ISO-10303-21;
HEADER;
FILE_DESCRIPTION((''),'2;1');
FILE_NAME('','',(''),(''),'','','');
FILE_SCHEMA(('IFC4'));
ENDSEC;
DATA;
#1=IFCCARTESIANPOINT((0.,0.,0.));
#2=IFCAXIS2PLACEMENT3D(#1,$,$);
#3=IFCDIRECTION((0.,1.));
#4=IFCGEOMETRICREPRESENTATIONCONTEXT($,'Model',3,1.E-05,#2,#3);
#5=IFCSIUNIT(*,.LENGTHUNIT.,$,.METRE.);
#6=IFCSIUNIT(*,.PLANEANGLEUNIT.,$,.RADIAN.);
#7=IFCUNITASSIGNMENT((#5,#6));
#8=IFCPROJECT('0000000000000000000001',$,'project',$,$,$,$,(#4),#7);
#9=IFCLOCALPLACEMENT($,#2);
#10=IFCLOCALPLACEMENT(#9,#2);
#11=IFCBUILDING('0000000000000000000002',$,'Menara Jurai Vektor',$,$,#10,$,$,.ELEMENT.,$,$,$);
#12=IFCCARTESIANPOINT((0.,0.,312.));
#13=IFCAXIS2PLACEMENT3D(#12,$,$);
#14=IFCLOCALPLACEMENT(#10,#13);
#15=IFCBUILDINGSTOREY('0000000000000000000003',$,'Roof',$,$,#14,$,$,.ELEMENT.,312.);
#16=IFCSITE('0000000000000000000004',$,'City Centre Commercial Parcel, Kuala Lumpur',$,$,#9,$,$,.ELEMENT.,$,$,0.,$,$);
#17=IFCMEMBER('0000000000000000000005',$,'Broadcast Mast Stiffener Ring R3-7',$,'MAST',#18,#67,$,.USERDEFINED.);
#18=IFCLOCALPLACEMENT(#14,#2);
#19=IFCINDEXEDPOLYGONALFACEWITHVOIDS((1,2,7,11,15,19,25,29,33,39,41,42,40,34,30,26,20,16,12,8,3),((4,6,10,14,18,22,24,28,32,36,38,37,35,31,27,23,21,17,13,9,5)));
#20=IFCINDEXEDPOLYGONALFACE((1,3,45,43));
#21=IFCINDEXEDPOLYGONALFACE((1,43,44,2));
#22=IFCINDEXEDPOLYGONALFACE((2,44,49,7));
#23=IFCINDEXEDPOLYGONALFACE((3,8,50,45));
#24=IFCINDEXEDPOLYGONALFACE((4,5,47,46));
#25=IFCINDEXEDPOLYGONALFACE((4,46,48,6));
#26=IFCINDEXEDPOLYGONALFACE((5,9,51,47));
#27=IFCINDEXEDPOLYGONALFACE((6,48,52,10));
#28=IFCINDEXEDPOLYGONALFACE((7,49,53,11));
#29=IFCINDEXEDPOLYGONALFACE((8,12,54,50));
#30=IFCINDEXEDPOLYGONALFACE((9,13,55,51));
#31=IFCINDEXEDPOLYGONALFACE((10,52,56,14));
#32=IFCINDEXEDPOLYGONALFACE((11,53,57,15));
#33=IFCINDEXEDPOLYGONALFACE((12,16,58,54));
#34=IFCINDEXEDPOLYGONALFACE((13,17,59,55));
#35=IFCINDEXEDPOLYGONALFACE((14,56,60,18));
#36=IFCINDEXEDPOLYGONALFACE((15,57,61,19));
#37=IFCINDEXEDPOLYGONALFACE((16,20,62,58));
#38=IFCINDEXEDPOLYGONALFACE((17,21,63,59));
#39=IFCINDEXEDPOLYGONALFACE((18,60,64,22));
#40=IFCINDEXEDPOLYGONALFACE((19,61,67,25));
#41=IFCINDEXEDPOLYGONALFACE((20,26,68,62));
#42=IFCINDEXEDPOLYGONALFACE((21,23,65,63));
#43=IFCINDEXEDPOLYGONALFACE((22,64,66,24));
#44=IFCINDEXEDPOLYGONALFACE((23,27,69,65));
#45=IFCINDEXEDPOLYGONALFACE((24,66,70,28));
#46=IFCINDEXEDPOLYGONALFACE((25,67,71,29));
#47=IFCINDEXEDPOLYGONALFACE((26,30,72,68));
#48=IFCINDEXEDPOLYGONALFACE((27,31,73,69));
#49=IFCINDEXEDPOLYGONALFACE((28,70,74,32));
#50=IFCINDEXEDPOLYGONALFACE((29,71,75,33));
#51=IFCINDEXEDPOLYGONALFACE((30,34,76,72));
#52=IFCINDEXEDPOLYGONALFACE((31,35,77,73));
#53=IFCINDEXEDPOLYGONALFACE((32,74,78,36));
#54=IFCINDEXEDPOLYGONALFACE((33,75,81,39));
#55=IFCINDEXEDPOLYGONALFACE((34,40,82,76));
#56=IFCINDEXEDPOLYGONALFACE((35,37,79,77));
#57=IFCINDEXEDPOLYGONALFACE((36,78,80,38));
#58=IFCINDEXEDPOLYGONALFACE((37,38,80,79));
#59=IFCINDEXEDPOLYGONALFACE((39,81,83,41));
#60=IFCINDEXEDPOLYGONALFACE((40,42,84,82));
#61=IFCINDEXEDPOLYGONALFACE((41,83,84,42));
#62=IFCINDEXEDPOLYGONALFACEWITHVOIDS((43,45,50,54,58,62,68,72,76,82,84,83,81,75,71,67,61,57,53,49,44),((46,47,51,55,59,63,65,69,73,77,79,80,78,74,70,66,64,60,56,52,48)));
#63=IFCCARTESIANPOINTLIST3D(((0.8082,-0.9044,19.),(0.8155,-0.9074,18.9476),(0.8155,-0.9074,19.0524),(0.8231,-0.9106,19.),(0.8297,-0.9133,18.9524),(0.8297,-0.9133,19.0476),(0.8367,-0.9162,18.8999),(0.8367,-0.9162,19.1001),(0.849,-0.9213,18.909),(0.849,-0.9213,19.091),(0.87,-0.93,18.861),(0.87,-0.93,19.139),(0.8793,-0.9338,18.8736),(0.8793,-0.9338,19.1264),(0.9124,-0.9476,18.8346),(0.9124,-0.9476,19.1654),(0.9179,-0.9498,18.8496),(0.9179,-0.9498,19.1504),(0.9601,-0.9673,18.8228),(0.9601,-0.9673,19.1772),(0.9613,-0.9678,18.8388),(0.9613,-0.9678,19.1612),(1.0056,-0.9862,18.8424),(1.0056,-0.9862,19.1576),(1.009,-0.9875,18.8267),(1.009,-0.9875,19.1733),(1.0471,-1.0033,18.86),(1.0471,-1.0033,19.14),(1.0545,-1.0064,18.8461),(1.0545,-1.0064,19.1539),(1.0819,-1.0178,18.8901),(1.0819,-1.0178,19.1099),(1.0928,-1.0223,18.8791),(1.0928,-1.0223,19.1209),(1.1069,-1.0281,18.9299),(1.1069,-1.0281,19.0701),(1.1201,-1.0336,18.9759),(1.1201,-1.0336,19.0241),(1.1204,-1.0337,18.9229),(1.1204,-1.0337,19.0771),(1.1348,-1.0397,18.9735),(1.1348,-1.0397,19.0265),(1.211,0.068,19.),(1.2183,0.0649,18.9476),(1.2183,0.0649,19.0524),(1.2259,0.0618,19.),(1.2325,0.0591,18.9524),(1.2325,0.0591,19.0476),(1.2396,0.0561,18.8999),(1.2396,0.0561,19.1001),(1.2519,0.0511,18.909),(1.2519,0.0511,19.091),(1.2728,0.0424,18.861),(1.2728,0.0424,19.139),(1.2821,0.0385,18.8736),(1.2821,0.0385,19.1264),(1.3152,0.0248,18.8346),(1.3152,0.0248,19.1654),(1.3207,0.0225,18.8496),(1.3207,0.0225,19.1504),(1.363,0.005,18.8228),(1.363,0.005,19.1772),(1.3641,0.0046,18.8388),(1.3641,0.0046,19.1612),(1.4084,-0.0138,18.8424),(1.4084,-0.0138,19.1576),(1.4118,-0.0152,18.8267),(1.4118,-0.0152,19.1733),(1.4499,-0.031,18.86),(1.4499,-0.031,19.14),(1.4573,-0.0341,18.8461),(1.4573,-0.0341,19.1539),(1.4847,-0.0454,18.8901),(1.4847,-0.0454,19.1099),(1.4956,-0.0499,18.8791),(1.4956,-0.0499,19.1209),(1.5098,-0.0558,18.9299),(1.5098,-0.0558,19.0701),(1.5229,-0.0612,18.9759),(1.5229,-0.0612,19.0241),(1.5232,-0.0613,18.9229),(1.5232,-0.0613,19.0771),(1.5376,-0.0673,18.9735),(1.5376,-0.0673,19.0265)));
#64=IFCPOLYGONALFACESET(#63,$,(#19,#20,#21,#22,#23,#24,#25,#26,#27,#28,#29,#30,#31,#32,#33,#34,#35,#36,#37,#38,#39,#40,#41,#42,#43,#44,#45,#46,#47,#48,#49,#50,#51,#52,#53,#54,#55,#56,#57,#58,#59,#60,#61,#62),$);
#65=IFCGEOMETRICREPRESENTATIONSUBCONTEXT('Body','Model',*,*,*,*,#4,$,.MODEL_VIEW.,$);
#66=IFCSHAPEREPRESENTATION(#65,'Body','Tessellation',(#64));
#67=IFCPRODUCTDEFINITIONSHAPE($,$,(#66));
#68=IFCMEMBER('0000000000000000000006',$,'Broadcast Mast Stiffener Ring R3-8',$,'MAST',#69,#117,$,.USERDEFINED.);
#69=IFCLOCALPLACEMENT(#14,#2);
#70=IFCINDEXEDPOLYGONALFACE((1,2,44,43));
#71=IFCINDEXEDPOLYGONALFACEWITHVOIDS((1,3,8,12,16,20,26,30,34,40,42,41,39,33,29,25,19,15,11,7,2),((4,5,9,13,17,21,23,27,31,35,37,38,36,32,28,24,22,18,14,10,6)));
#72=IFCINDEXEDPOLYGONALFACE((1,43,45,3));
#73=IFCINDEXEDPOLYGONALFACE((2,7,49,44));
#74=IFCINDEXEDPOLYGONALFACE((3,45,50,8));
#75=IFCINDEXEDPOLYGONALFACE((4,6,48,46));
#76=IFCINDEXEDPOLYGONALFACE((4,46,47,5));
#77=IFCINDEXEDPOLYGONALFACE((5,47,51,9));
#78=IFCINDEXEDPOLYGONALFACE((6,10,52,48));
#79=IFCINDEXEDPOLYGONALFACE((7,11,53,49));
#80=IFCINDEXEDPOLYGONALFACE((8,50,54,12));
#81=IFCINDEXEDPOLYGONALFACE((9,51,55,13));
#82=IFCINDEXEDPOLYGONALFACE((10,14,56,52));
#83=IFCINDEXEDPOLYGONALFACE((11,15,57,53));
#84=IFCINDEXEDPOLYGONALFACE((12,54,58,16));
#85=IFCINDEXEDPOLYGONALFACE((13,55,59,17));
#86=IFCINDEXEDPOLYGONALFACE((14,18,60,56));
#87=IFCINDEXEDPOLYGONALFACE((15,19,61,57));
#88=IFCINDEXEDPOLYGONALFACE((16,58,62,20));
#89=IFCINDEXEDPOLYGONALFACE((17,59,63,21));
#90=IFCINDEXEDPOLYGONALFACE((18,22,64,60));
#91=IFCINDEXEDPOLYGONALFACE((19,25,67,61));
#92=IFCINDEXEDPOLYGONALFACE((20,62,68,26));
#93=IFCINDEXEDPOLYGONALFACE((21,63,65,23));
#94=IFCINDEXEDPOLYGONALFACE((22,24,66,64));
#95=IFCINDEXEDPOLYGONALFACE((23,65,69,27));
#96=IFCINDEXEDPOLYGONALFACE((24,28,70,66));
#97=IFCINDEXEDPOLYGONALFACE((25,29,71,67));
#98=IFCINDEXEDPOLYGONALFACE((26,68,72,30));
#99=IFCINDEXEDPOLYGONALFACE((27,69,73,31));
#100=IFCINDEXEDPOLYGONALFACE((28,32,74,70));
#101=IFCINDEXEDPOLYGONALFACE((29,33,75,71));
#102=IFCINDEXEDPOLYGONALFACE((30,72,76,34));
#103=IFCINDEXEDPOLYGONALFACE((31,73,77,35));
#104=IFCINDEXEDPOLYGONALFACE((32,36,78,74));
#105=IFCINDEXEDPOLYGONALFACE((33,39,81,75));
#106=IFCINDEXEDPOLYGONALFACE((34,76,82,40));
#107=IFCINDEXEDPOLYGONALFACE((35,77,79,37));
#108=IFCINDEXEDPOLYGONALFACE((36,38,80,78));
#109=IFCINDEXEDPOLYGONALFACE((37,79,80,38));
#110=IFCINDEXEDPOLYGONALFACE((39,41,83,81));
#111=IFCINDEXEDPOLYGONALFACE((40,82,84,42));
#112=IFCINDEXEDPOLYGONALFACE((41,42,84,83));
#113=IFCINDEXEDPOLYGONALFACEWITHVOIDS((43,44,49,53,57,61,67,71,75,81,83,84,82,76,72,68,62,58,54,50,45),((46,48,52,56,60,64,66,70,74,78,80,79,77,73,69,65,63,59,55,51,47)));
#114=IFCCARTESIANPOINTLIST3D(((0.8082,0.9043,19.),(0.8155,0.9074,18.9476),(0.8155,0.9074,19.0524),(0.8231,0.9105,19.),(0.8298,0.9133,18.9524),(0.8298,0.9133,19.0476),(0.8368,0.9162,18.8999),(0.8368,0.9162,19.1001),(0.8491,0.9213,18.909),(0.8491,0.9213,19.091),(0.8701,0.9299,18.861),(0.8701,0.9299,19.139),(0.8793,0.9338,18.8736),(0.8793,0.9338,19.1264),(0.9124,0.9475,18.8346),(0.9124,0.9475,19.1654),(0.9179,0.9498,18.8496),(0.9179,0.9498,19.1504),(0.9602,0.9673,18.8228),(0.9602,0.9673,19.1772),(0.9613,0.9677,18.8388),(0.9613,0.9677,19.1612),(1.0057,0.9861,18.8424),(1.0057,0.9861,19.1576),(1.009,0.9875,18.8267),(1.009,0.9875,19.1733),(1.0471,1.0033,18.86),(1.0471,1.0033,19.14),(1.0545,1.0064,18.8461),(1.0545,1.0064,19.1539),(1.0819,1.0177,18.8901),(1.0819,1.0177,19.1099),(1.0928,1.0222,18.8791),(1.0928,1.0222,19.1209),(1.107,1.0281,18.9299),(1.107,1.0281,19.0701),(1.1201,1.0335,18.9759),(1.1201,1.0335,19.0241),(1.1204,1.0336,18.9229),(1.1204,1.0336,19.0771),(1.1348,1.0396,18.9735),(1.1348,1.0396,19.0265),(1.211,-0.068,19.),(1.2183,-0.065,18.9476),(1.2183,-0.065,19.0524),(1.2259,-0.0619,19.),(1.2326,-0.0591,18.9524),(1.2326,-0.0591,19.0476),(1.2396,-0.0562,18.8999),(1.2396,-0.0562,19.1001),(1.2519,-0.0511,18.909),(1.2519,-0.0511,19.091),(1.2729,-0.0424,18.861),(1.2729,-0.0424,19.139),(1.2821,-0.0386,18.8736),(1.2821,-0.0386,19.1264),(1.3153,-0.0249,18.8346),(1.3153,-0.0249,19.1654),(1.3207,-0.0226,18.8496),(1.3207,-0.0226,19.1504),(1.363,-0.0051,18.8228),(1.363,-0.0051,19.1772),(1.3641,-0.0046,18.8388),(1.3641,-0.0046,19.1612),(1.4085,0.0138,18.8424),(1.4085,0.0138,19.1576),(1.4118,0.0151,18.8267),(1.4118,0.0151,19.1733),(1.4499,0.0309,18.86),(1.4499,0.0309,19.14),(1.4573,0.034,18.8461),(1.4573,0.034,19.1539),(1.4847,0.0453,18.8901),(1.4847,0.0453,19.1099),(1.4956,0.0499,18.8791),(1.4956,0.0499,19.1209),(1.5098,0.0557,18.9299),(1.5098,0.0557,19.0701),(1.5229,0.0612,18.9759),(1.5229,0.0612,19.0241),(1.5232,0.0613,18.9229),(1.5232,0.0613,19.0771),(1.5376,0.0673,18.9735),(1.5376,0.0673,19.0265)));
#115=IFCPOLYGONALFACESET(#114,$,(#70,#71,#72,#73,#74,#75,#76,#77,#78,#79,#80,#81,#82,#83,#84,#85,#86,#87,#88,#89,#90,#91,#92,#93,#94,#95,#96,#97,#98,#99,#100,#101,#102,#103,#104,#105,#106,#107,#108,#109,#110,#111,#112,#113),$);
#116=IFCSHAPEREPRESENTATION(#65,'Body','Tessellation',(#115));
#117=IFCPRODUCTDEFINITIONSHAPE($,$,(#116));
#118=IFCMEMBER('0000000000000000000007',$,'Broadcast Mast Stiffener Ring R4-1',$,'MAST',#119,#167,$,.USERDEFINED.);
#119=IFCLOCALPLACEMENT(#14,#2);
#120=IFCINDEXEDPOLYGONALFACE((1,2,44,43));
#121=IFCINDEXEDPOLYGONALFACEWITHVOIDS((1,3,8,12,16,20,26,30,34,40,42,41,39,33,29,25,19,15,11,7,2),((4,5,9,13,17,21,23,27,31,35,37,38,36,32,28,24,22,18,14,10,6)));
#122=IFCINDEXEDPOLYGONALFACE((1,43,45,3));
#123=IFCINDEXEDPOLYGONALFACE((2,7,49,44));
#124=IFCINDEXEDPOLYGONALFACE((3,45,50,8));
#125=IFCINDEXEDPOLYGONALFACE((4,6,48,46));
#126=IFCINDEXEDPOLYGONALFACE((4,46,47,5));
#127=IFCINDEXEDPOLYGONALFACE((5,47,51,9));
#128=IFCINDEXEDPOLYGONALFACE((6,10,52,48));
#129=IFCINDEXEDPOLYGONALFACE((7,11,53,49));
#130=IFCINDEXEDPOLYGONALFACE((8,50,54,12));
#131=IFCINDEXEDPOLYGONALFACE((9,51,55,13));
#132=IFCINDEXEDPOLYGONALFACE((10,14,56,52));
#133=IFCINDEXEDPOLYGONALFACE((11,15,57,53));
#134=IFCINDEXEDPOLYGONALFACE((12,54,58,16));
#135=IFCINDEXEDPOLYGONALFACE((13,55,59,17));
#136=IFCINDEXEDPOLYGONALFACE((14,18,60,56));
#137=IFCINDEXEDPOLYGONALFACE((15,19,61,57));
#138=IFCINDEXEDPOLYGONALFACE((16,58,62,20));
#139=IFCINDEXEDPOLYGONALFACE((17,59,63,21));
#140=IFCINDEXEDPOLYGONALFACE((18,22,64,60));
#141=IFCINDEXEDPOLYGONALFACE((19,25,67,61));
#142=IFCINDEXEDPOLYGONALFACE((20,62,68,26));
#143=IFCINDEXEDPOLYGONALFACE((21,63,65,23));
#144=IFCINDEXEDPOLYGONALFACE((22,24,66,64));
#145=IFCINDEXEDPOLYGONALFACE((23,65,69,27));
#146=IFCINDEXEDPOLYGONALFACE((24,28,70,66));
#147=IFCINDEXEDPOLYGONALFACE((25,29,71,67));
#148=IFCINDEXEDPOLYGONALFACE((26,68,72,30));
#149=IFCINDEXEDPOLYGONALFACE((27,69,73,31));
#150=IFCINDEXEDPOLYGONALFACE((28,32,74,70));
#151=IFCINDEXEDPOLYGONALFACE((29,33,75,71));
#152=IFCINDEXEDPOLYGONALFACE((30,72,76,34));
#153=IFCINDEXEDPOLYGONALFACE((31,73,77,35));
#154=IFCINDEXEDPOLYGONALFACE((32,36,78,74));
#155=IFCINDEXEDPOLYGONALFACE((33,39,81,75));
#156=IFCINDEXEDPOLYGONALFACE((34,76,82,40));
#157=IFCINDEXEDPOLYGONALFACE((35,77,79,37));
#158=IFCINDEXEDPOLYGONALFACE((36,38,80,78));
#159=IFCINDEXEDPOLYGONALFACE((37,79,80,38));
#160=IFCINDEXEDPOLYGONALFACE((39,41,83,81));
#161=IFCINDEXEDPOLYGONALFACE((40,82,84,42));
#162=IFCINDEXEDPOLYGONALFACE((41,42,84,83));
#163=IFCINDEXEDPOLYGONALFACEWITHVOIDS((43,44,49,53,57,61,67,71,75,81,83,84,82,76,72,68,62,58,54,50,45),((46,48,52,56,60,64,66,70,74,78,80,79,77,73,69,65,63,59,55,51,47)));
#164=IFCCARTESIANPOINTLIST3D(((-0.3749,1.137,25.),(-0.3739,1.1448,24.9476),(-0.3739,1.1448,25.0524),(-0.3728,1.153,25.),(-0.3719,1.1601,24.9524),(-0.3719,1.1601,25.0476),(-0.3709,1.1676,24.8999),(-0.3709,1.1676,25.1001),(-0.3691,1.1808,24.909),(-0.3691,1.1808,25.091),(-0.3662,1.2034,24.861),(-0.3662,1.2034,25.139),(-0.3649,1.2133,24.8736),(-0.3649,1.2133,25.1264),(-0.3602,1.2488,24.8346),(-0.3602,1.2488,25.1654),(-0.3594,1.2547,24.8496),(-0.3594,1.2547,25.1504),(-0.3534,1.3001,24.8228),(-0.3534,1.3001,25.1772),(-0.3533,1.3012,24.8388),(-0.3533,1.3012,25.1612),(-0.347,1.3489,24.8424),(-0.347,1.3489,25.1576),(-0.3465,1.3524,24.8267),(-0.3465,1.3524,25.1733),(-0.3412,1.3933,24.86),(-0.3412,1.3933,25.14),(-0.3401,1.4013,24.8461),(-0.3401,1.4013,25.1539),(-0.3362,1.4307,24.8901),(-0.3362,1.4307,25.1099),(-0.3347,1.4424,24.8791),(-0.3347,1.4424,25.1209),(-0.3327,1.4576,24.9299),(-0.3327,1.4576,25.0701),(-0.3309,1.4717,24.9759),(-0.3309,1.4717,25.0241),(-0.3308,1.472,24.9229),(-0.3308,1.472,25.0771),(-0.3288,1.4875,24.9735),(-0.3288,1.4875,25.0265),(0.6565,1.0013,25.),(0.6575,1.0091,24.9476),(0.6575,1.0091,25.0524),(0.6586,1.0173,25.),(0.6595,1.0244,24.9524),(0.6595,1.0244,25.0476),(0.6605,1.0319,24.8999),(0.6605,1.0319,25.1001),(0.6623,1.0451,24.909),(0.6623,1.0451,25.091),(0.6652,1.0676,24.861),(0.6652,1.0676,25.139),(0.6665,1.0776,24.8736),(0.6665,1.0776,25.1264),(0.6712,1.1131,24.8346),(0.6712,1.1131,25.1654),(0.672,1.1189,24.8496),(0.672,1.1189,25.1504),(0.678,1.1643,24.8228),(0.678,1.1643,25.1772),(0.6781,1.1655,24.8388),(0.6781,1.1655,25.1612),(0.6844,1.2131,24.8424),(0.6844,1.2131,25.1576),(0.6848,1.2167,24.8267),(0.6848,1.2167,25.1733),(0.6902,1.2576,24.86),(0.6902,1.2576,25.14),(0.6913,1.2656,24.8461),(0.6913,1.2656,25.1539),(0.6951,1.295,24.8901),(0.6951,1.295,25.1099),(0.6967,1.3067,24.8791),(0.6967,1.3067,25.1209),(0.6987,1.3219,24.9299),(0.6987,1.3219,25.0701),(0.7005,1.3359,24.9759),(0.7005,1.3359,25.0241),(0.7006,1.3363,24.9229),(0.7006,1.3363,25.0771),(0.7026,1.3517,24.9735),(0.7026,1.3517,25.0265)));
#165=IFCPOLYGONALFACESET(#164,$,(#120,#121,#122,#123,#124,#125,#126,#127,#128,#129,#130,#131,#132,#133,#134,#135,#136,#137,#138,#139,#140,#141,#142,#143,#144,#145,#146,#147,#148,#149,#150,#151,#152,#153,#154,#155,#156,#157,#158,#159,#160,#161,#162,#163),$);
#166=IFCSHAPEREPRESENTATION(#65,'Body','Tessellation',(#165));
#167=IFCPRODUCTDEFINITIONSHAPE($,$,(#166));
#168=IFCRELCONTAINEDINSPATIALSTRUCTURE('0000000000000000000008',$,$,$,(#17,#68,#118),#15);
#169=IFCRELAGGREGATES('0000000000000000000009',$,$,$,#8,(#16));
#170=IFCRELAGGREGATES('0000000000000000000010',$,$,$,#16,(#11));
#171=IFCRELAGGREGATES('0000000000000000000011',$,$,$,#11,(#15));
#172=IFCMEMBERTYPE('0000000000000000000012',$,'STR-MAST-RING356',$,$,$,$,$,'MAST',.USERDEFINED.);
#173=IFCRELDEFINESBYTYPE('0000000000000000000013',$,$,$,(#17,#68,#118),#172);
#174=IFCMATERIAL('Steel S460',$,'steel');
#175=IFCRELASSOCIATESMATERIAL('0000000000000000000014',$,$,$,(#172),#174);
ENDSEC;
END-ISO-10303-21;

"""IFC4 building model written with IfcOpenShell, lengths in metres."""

from ifc_helpers import new_model, si_unit, direction, frame, origin, origin_2d, place, context, subcontext, project, spatial, hollow_circle, extrude, material, material_profile, profile_set, type_object, element, save


model = new_model("IFC4")

# Units and contexts
model_context = context("Model", 3, precision=1e-05, world=origin(), true_north=direction((0.0, 1.0)))
body_context = subcontext(model_context, "Body", "Model", "MODEL_VIEW")
ifc_project = project(units=[si_unit("LENGTHUNIT", "METRE"), si_unit("PLANEANGLEUNIT", "RADIAN")], contexts=[model_context])

# Site, building, storey
site_placement = place(None, origin())
site = spatial("IfcSite", under=ifc_project, at=site_placement, Name="City Centre Commercial Parcel, Kuala Lumpur", CompositionType="ELEMENT", RefElevation=0.0)
building_placement = place(site_placement, origin())
building = spatial("IfcBuilding", under=site, at=building_placement, Name="Menara Jurai Vektor", CompositionType="ELEMENT")
storey_placement = place(building_placement, frame((0.0, 0.0, 312.0)))
storey = spatial("IfcBuildingStorey", under=building, at=storey_placement, Name="Roof", CompositionType="ELEMENT", Elevation=312.0)

# Members
ifc_material = material(Name="Steel S460", Category="steel")
ifc_material_profile_1 = material_profile(ifc_material, hollow_circle(Radius=0.1777, WallThickness=0.0161, at=origin_2d()), Name="CHS 355.6x16")
ifc_profile_set_1 = profile_set([ifc_material_profile_1], Name="Steel S460")
member_type_1 = type_object("IfcMemberType", Name="STR-MAST-RING356", ElementType="MAST", PredefinedType="USERDEFINED", material=ifc_profile_set_1)
for number, where, z_axis, x_axis, name in (
    (1, (0.9724, -0.9724, 19.0), (0.382721, 0.923864, 0.0), (-0.923864, 0.382721, 0.0), "Broadcast Mast Stiffener Ring R3-7"),
    (2, (1.3752, 0.0, 19.0), (-0.382721, 0.923864, 0.0), (-0.923864, -0.382721, 0.0), "Broadcast Mast Stiffener Ring R3-8"),
):
    element("IfcMember", number, at=place(storey_placement, frame(where, z_axis=z_axis, x_axis=x_axis)), inside=storey, type_object=member_type_1, Name=name, ObjectType="MAST", PredefinedType="USERDEFINED", context=body_context, shape_type="SweptSolid", body=[
        extrude(hollow_circle(Radius=0.1777, WallThickness=0.0161, at=origin_2d()), origin(), (0.0, 0.0, 1.0), 1.0525),
    ])
member_placement = place(storey_placement, frame((0.6797, 1.1775, 25.0), z_axis=(-0.991452, 0.130473, 0.0), x_axis=(-0.130473, -0.991452, 0.0)))
element("IfcMember", 3, at=member_placement, inside=storey, type_object=member_type_1, Name="Broadcast Mast Stiffener Ring R4-1", ObjectType="MAST", PredefinedType="USERDEFINED", context=body_context, shape_type="SweptSolid", body=[
    extrude(hollow_circle(Radius=0.1777, WallThickness=0.0161, at=origin_2d()), origin(), (0.0, 0.0, 1.0), 1.0403),
])

save(model, "model.ifc")
